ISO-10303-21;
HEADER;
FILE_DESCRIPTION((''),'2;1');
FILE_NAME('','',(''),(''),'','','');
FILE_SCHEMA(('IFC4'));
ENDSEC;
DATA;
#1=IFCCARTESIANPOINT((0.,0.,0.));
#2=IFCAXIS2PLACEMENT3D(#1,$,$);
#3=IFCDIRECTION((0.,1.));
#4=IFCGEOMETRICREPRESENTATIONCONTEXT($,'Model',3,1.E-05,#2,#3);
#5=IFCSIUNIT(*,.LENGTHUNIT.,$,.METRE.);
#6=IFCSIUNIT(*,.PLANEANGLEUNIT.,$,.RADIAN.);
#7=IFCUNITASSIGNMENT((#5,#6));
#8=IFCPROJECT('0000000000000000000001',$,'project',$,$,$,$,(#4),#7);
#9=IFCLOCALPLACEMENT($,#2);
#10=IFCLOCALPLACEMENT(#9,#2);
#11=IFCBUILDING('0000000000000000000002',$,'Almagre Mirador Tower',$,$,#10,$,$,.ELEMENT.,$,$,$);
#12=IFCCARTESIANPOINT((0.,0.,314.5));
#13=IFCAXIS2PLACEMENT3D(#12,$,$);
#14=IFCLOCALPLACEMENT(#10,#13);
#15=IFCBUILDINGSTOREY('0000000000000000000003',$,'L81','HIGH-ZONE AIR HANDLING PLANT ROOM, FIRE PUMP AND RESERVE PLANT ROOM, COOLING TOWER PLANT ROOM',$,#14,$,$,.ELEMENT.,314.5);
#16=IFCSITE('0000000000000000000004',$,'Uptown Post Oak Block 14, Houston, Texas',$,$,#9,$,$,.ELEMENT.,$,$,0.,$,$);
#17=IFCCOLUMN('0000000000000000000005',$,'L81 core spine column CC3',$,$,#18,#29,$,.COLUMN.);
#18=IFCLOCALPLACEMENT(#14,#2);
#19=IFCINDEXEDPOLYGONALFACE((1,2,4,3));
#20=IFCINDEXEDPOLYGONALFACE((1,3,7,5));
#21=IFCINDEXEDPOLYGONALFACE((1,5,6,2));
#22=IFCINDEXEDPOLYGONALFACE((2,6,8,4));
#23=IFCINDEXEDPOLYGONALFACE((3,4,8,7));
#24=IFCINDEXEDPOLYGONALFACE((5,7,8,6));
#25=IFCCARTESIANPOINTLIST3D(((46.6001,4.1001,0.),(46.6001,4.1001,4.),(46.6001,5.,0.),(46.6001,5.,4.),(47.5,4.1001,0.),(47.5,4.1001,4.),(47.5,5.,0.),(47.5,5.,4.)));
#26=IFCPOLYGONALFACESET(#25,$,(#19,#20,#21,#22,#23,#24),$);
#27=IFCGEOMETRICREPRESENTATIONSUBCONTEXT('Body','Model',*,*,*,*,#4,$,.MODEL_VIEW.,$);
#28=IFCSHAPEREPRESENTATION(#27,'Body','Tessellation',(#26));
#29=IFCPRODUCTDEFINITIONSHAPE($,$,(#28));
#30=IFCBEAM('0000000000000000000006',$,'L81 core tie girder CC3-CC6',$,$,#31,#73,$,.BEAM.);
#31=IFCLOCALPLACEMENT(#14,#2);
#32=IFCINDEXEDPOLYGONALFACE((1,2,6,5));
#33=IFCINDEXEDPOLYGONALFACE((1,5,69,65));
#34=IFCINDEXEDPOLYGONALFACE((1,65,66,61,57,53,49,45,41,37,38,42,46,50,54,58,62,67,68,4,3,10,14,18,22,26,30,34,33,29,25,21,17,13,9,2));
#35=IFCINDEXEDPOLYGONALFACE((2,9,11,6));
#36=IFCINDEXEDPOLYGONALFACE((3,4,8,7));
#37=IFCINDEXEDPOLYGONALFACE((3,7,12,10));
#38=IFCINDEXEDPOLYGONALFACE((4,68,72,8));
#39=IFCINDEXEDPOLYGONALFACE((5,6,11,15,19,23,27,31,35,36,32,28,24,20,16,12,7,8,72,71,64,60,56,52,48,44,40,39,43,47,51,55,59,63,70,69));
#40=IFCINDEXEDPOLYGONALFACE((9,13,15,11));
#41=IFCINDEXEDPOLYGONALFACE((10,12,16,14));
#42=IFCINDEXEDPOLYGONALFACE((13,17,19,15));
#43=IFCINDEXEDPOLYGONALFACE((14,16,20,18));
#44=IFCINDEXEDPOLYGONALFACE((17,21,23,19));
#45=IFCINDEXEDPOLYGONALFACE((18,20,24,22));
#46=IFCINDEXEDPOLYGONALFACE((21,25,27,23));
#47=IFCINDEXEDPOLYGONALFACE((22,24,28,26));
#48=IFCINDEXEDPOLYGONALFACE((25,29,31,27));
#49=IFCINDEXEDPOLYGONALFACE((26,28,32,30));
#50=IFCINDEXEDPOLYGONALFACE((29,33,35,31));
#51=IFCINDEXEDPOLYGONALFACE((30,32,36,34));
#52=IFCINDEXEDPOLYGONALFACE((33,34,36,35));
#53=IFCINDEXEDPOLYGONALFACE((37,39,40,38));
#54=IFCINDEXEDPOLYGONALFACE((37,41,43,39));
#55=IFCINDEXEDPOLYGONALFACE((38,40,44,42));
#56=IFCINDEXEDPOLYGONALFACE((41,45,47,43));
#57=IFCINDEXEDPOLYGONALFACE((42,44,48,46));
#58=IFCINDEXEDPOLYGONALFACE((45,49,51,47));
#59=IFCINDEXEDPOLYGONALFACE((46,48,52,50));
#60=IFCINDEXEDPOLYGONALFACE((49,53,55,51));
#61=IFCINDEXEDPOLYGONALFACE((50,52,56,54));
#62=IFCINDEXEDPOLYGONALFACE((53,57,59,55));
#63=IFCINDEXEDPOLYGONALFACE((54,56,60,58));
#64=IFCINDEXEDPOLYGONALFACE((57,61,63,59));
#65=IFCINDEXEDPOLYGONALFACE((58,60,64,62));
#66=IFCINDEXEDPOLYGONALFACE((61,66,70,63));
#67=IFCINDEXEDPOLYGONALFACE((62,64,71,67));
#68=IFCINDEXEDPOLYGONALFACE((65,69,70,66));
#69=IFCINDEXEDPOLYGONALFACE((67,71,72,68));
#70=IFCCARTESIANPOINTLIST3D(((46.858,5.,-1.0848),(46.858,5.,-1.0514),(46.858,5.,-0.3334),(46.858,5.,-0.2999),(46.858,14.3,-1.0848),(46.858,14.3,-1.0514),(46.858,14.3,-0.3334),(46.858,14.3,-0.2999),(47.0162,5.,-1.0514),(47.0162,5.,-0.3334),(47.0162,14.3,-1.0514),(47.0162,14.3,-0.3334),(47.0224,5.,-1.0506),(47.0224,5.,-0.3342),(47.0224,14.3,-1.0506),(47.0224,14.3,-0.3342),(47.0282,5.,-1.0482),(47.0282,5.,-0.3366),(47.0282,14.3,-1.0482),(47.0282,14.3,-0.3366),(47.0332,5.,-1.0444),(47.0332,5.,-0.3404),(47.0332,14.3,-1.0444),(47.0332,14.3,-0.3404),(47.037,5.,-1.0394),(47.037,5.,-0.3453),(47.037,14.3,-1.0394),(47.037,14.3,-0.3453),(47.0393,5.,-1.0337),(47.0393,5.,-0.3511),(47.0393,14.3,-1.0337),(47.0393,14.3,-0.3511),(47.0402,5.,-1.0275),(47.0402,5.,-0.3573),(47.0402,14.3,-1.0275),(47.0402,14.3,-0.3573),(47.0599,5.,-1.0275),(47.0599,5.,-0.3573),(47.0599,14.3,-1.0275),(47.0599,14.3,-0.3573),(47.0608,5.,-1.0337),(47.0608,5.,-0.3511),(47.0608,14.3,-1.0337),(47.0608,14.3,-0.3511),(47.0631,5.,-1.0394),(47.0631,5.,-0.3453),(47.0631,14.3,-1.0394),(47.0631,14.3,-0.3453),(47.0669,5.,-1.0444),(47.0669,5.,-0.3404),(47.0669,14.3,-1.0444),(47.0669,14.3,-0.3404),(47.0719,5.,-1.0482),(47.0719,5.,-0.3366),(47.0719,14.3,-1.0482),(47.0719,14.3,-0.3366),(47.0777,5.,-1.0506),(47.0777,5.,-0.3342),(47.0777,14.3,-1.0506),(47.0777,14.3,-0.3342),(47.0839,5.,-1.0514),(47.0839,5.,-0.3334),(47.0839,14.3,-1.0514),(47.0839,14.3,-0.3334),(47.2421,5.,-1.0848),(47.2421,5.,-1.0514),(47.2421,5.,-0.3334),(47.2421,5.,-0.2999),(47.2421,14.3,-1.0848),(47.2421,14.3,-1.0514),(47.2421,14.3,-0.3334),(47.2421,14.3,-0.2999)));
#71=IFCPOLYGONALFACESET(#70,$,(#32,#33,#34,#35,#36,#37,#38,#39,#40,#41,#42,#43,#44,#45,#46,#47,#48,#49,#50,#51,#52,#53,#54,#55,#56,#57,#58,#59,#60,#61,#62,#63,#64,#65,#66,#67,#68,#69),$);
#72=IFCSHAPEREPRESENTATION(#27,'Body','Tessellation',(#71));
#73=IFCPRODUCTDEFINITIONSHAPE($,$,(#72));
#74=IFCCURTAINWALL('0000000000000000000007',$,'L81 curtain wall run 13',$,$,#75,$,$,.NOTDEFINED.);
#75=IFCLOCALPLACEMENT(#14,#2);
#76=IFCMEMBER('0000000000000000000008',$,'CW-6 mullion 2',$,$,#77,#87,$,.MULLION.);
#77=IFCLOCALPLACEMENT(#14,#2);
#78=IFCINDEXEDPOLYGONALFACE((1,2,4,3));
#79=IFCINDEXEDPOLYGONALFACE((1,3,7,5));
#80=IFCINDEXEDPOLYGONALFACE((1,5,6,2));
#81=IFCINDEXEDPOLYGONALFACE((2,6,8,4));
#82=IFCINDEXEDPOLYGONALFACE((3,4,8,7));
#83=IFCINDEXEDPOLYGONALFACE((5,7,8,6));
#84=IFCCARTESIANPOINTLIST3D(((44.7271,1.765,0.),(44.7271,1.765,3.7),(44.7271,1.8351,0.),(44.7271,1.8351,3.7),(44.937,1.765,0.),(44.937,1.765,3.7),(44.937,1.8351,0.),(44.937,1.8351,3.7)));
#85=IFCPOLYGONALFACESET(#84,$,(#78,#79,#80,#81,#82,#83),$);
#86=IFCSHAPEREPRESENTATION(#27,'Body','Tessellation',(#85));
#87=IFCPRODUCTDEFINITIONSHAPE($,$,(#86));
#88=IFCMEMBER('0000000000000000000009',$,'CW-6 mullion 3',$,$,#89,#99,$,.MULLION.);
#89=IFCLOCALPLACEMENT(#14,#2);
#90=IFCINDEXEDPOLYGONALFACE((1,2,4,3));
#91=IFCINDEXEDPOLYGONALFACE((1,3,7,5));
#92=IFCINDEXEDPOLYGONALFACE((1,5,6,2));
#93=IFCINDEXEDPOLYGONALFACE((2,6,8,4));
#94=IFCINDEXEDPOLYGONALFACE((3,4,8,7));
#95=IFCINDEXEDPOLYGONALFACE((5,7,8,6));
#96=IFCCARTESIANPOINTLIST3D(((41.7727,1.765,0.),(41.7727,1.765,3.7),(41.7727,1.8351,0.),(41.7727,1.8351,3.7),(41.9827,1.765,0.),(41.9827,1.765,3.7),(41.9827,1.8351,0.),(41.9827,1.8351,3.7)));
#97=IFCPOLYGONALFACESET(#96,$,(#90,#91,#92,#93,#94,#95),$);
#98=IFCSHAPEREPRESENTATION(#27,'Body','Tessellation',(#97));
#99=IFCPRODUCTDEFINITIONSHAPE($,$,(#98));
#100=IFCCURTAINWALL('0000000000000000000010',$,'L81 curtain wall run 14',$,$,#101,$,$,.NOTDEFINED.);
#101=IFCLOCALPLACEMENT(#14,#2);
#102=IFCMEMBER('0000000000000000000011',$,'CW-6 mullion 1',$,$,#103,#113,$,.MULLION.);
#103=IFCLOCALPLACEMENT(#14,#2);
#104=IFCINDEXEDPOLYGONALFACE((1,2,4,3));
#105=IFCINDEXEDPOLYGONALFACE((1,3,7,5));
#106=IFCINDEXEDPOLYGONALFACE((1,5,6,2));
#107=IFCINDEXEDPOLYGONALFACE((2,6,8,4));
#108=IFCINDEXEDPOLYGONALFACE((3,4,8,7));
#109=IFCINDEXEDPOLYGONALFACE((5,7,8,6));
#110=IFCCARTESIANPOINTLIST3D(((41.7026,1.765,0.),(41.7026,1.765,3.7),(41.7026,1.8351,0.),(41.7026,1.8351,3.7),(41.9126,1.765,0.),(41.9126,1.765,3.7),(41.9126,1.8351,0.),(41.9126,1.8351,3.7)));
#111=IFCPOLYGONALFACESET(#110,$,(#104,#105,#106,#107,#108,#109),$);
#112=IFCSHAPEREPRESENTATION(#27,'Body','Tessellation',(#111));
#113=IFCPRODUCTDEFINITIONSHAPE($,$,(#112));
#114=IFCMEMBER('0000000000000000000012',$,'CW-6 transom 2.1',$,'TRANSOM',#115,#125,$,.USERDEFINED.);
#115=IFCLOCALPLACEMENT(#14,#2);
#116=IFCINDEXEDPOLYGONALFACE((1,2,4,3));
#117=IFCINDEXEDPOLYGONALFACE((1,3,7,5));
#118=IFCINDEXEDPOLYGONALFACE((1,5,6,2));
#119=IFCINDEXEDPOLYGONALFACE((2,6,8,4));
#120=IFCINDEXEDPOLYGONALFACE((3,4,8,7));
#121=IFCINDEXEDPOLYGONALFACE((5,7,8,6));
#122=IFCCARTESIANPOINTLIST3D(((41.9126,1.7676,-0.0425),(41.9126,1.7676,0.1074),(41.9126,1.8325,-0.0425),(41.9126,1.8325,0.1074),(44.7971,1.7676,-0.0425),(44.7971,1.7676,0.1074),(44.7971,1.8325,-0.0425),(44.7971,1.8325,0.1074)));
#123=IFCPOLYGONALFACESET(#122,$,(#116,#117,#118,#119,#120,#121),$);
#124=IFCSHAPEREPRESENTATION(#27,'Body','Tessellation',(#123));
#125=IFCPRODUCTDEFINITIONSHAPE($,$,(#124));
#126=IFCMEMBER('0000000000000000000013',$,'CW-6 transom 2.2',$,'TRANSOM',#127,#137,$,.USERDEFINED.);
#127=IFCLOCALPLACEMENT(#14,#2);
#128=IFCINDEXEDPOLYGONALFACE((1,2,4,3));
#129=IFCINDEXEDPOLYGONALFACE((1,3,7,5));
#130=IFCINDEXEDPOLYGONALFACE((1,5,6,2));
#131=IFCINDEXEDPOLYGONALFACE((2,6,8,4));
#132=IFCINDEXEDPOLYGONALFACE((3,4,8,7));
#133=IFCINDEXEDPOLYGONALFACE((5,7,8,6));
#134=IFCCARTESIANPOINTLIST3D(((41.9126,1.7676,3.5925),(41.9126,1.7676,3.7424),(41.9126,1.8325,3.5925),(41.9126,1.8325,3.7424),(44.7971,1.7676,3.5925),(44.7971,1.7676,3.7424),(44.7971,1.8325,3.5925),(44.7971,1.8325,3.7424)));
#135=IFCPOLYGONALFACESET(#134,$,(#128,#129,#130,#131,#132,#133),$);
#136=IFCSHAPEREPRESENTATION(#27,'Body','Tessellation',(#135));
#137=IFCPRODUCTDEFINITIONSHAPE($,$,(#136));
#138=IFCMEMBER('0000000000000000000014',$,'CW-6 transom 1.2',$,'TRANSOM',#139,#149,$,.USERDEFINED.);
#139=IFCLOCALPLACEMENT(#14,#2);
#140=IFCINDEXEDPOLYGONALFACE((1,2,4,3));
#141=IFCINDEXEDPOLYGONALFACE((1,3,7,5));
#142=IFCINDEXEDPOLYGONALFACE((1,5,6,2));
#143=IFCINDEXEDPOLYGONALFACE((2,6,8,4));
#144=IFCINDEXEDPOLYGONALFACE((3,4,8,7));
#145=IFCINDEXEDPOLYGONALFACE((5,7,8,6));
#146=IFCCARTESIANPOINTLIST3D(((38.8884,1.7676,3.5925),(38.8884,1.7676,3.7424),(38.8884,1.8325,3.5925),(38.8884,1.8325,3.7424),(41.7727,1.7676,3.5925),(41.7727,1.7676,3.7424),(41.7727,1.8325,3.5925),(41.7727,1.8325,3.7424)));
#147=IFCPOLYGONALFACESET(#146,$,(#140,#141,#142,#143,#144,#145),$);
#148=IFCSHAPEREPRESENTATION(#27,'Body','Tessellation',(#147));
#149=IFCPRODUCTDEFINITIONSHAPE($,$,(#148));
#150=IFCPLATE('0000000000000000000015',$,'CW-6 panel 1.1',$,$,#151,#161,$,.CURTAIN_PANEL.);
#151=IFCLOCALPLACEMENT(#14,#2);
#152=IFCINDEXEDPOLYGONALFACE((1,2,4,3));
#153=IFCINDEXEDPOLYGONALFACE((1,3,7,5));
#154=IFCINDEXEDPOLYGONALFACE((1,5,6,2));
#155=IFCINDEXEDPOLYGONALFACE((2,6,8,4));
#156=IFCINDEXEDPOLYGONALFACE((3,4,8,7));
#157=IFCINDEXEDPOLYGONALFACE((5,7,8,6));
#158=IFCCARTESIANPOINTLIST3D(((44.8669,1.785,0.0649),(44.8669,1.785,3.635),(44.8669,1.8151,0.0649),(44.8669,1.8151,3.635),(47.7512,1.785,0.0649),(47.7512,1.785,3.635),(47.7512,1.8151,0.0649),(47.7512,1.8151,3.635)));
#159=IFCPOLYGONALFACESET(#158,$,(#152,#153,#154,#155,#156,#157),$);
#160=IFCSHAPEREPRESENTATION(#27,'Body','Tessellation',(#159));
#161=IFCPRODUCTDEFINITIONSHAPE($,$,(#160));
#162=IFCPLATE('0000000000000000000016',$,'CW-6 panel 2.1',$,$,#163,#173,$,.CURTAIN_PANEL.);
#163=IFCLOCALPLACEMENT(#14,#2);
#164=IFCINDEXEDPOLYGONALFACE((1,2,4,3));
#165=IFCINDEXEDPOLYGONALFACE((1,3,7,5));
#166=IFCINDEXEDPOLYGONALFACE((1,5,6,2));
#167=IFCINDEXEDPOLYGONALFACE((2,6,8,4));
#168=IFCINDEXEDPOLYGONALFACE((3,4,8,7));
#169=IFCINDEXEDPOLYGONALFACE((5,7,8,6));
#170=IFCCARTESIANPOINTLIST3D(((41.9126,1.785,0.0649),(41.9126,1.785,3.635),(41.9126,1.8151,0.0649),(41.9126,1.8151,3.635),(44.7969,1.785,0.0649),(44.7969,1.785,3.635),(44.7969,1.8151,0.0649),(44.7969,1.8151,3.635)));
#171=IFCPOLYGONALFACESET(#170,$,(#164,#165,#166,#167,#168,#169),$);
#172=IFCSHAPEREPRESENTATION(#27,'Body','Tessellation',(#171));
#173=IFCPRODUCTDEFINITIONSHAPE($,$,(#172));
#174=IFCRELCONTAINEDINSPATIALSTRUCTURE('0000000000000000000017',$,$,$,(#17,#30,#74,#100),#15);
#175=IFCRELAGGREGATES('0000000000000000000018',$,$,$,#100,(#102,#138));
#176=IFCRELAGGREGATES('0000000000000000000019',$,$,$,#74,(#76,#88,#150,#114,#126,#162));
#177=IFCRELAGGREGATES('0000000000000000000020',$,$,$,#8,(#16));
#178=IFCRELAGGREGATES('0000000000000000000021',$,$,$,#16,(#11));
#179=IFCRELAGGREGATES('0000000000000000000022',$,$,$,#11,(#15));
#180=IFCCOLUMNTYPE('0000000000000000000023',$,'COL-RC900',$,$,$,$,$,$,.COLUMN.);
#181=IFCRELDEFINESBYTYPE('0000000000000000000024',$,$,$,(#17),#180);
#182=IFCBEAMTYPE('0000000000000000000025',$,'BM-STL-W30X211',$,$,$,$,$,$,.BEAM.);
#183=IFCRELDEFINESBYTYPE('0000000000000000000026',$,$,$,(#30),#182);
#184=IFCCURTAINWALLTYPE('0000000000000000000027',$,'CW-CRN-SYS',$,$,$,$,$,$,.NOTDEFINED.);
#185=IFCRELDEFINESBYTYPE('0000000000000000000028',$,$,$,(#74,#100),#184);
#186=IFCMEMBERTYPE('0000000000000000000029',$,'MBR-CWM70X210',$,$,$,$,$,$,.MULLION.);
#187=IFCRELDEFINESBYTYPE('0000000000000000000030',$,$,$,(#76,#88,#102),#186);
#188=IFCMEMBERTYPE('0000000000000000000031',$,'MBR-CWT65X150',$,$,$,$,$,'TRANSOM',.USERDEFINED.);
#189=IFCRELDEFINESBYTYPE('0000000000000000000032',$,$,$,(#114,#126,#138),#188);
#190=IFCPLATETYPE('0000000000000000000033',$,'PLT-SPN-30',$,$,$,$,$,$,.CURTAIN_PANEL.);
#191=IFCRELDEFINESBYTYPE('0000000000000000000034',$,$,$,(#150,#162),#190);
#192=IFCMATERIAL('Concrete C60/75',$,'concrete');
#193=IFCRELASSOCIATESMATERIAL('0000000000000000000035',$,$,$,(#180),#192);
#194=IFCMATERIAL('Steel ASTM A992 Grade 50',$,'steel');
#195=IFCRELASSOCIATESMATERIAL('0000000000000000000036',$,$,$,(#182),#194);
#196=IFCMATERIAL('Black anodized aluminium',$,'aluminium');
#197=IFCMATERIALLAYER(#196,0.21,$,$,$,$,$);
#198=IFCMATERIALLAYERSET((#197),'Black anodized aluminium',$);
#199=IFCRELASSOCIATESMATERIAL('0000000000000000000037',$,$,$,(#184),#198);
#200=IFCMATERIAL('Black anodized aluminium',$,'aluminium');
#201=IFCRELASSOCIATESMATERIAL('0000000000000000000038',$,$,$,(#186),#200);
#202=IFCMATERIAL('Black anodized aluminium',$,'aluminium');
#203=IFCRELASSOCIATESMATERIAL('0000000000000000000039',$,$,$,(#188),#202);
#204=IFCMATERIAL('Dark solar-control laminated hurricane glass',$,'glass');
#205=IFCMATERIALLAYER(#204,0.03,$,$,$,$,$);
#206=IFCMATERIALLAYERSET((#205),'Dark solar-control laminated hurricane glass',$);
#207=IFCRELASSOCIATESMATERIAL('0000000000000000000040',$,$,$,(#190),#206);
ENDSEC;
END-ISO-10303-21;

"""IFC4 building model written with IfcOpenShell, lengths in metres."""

from ifc_helpers import new_model, si_unit, direction, frame, origin, origin_2d, place, context, subcontext, project, spatial, rectangle, i_section, extrude, material, layer, layer_set, material_profile, profile_set, type_object, element, aggregate, save


model = new_model("IFC4")

# Units and contexts
model_context = context("Model", 3, precision=1e-05, world=origin(), true_north=direction((0.0, 1.0)))
body_context = subcontext(model_context, "Body", "Model", "MODEL_VIEW")
ifc_project = project(units=[si_unit("LENGTHUNIT", "METRE"), si_unit("PLANEANGLEUNIT", "RADIAN")], contexts=[model_context])

# Site, building, storey
site_placement = place(None, origin())
site = spatial("IfcSite", under=ifc_project, at=site_placement, Name="Uptown Post Oak Block 14, Houston, Texas", CompositionType="ELEMENT", RefElevation=0.0)
building_placement = place(site_placement, origin())
building = spatial("IfcBuilding", under=site, at=building_placement, Name="Almagre Mirador Tower", CompositionType="ELEMENT")
storey_placement = place(building_placement, frame((0.0, 0.0, 314.5)))
storey = spatial("IfcBuildingStorey", under=building, at=storey_placement, Name="L81", Description="HIGH-ZONE AIR HANDLING PLANT ROOM, FIRE PUMP AND RESERVE PLANT ROOM, COOLING TOWER PLANT ROOM", CompositionType="ELEMENT", Elevation=314.5)

# Column
ifc_material_1 = material(Name="Concrete C60/75", Category="concrete")
ifc_material_profile_1 = material_profile(ifc_material_1, rectangle(XDim=0.8999, YDim=0.8999, at=origin_2d()), Name="RC900X900")
ifc_profile_set_1 = profile_set([ifc_material_profile_1], Name="Concrete C60/75")
column_type = type_object("IfcColumnType", Name="COL-RC900", PredefinedType="COLUMN", material=ifc_profile_set_1)
column_placement = place(storey_placement, frame((47.05, 4.55, 0.0), z_axis=(0.0, 0.0, 1.0), x_axis=(1.0, 0.0, 0.0)))
element("IfcColumn", 1, at=column_placement, inside=storey, type_object=column_type, Name="L81 core spine column CC3", PredefinedType="COLUMN", context=body_context, shape_type="SweptSolid", body=[
    extrude(rectangle(XDim=0.8999, YDim=0.8999, at=origin_2d()), origin(), (0.0, 0.0, 1.0), 4.0),
])

# Beam
ifc_material_2 = material(Name="Steel ASTM A992 Grade 50", Category="steel")
ifc_material_profile_2 = material_profile(ifc_material_2, i_section(OverallWidth=0.384, OverallDepth=0.7849, WebThickness=0.0198, FlangeThickness=0.0334, FilletRadius=0.0239, at=origin_2d()), Name="W30X211")
ifc_profile_set_2 = profile_set([ifc_material_profile_2], Name="Steel ASTM A992 Grade 50")
beam_type = type_object("IfcBeamType", Name="BM-STL-W30X211", PredefinedType="BEAM", material=ifc_profile_set_2)
beam_placement = place(storey_placement, frame((47.05, 5.0, -0.6924), z_axis=(0.0, 1.0, 0.0), x_axis=(-1.0, 0.0, 0.0)))
element("IfcBeam", 2, at=beam_placement, inside=storey, type_object=beam_type, Name="L81 core tie girder CC3-CC6", PredefinedType="BEAM", context=body_context, shape_type="SweptSolid", body=[
    extrude(i_section(OverallWidth=0.384, OverallDepth=0.7849, WebThickness=0.0198, FlangeThickness=0.0334, FilletRadius=0.0239, at=origin_2d()), origin(), (0.0, 0.0, 1.0), 9.3),
])

# Curtain wall, members
ifc_material_3 = material(Name="Black anodized aluminium", Category="aluminium")
ifc_layer_1 = layer(ifc_material_3, 0.21)
ifc_layer_set_1 = layer_set([ifc_layer_1], Name="Black anodized aluminium")
curtain_wall_type = type_object("IfcCurtainWallType", Name="CW-CRN-SYS", PredefinedType="NOTDEFINED", material=ifc_layer_set_1)
curtain_wall_1_placement = place(storey_placement, origin())
curtain_wall_1 = element("IfcCurtainWall", 3, at=curtain_wall_1_placement, inside=storey, type_object=curtain_wall_type, Name="L81 curtain wall run 13", PredefinedType="NOTDEFINED")
ifc_material_4 = material(Name="Black anodized aluminium", Category="aluminium")
ifc_material_profile_3 = material_profile(ifc_material_4, rectangle(XDim=0.0701, YDim=0.21, at=origin_2d()), Name="CWM70X210")
ifc_profile_set_3 = profile_set([ifc_material_profile_3], Name="Black anodized aluminium")
member_type_1 = type_object("IfcMemberType", Name="MBR-CWM70X210", PredefinedType="MULLION", material=ifc_profile_set_3)
member_1_placement = place(storey_placement, frame((44.832, 1.8, 0.0), z_axis=(0.0, 0.0, 1.0), x_axis=(0.0, -1.0, 0.0)))
member_1 = element("IfcMember", 4, at=member_1_placement, type_object=member_type_1, Name="CW-6 mullion 2", PredefinedType="MULLION", context=body_context, shape_type="SweptSolid", body=[
    extrude(rectangle(XDim=0.0701, YDim=0.21, at=origin_2d()), origin(), (0.0, 0.0, 1.0), 3.7),
])
member_2_placement = place(storey_placement, frame((41.8777, 1.8, 0.0), z_axis=(0.0, 0.0, 1.0), x_axis=(0.0, -1.0, 0.0)))
member_2 = element("IfcMember", 5, at=member_2_placement, type_object=member_type_1, Name="CW-6 mullion 3", PredefinedType="MULLION", context=body_context, shape_type="SweptSolid", body=[
    extrude(rectangle(XDim=0.0701, YDim=0.21, at=origin_2d()), origin(), (0.0, 0.0, 1.0), 3.7),
])

# Curtain wall, member
curtain_wall_2_placement = place(storey_placement, origin())
curtain_wall_2 = element("IfcCurtainWall", 6, at=curtain_wall_2_placement, inside=storey, type_object=curtain_wall_type, Name="L81 curtain wall run 14", PredefinedType="NOTDEFINED")
member_3_placement = place(storey_placement, frame((41.8076, 1.8, 0.0), z_axis=(0.0, 0.0, 1.0), x_axis=(0.0, -1.0, 0.0)))
member_3 = element("IfcMember", 7, at=member_3_placement, type_object=member_type_1, Name="CW-6 mullion 1", PredefinedType="MULLION", context=body_context, shape_type="SweptSolid", body=[
    extrude(rectangle(XDim=0.0701, YDim=0.21, at=origin_2d()), origin(), (0.0, 0.0, 1.0), 3.7),
])

# Members
ifc_material_5 = material(Name="Black anodized aluminium", Category="aluminium")
ifc_material_profile_4 = material_profile(ifc_material_5, rectangle(XDim=0.0649, YDim=0.1499, at=origin_2d()), Name="CWT65X150")
ifc_profile_set_4 = profile_set([ifc_material_profile_4], Name="Black anodized aluminium")
member_type_2 = type_object("IfcMemberType", Name="MBR-CWT65X150", ElementType="TRANSOM", PredefinedType="USERDEFINED", material=ifc_profile_set_4)
member_4_placement = place(storey_placement, frame((44.7971, 1.8, 0.0325), z_axis=(-1.0, 0.0, 0.0), x_axis=(0.0, -1.0, 0.0)))
member_4 = element("IfcMember", 8, at=member_4_placement, type_object=member_type_2, Name="CW-6 transom 2.1", ObjectType="TRANSOM", PredefinedType="USERDEFINED", context=body_context, shape_type="SweptSolid", body=[
    extrude(rectangle(XDim=0.0649, YDim=0.1499, at=origin_2d()), origin(), (0.0, 0.0, 1.0), 2.8845),
])
member_5_placement = place(storey_placement, frame((44.7971, 1.8, 3.6675), z_axis=(-1.0, 0.0, 0.0), x_axis=(0.0, -1.0, 0.0)))
member_5 = element("IfcMember", 9, at=member_5_placement, type_object=member_type_2, Name="CW-6 transom 2.2", ObjectType="TRANSOM", PredefinedType="USERDEFINED", context=body_context, shape_type="SweptSolid", body=[
    extrude(rectangle(XDim=0.0649, YDim=0.1499, at=origin_2d()), origin(), (0.0, 0.0, 1.0), 2.8845),
])
member_6_placement = place(storey_placement, frame((41.7727, 1.8, 3.6675), z_axis=(-1.0, 0.0, 0.0), x_axis=(0.0, -1.0, 0.0)))
member_6 = element("IfcMember", 10, at=member_6_placement, type_object=member_type_2, Name="CW-6 transom 1.2", ObjectType="TRANSOM", PredefinedType="USERDEFINED", context=body_context, shape_type="SweptSolid", body=[
    extrude(rectangle(XDim=0.0649, YDim=0.1499, at=origin_2d()), origin(), (0.0, 0.0, 1.0), 2.8843),
])
aggregate(curtain_wall_2, [member_3, member_6])

# Plates
ifc_material_6 = material(Name="Dark solar-control laminated hurricane glass", Category="glass")
ifc_layer_2 = layer(ifc_material_6, 0.03)
ifc_layer_set_2 = layer_set([ifc_layer_2], Name="Dark solar-control laminated hurricane glass")
plate_type = type_object("IfcPlateType", Name="PLT-SPN-30", PredefinedType="CURTAIN_PANEL", material=ifc_layer_set_2)
plate_1_placement = place(storey_placement, frame((46.3091, 1.8, 0.0649), z_axis=(0.0, 0.0, 1.0), x_axis=(-1.0, 0.0, 0.0)))
plate_1 = element("IfcPlate", 11, at=plate_1_placement, type_object=plate_type, Name="CW-6 panel 1.1", PredefinedType="CURTAIN_PANEL", context=body_context, shape_type="SweptSolid", body=[
    extrude(rectangle(XDim=2.8843, YDim=0.03, at=origin_2d()), origin(), (0.0, 0.0, 1.0), 3.5701),
])
plate_2_placement = place(storey_placement, frame((43.3547, 1.8, 0.0649), z_axis=(0.0, 0.0, 1.0), x_axis=(-1.0, 0.0, 0.0)))
plate_2 = element("IfcPlate", 12, at=plate_2_placement, type_object=plate_type, Name="CW-6 panel 2.1", PredefinedType="CURTAIN_PANEL", context=body_context, shape_type="SweptSolid", body=[
    extrude(rectangle(XDim=2.8843, YDim=0.03, at=origin_2d()), origin(), (0.0, 0.0, 1.0), 3.5701),
])
aggregate(curtain_wall_1, [member_1, member_2, plate_1, member_4, member_5, plate_2])

save(model, "model.ifc")
